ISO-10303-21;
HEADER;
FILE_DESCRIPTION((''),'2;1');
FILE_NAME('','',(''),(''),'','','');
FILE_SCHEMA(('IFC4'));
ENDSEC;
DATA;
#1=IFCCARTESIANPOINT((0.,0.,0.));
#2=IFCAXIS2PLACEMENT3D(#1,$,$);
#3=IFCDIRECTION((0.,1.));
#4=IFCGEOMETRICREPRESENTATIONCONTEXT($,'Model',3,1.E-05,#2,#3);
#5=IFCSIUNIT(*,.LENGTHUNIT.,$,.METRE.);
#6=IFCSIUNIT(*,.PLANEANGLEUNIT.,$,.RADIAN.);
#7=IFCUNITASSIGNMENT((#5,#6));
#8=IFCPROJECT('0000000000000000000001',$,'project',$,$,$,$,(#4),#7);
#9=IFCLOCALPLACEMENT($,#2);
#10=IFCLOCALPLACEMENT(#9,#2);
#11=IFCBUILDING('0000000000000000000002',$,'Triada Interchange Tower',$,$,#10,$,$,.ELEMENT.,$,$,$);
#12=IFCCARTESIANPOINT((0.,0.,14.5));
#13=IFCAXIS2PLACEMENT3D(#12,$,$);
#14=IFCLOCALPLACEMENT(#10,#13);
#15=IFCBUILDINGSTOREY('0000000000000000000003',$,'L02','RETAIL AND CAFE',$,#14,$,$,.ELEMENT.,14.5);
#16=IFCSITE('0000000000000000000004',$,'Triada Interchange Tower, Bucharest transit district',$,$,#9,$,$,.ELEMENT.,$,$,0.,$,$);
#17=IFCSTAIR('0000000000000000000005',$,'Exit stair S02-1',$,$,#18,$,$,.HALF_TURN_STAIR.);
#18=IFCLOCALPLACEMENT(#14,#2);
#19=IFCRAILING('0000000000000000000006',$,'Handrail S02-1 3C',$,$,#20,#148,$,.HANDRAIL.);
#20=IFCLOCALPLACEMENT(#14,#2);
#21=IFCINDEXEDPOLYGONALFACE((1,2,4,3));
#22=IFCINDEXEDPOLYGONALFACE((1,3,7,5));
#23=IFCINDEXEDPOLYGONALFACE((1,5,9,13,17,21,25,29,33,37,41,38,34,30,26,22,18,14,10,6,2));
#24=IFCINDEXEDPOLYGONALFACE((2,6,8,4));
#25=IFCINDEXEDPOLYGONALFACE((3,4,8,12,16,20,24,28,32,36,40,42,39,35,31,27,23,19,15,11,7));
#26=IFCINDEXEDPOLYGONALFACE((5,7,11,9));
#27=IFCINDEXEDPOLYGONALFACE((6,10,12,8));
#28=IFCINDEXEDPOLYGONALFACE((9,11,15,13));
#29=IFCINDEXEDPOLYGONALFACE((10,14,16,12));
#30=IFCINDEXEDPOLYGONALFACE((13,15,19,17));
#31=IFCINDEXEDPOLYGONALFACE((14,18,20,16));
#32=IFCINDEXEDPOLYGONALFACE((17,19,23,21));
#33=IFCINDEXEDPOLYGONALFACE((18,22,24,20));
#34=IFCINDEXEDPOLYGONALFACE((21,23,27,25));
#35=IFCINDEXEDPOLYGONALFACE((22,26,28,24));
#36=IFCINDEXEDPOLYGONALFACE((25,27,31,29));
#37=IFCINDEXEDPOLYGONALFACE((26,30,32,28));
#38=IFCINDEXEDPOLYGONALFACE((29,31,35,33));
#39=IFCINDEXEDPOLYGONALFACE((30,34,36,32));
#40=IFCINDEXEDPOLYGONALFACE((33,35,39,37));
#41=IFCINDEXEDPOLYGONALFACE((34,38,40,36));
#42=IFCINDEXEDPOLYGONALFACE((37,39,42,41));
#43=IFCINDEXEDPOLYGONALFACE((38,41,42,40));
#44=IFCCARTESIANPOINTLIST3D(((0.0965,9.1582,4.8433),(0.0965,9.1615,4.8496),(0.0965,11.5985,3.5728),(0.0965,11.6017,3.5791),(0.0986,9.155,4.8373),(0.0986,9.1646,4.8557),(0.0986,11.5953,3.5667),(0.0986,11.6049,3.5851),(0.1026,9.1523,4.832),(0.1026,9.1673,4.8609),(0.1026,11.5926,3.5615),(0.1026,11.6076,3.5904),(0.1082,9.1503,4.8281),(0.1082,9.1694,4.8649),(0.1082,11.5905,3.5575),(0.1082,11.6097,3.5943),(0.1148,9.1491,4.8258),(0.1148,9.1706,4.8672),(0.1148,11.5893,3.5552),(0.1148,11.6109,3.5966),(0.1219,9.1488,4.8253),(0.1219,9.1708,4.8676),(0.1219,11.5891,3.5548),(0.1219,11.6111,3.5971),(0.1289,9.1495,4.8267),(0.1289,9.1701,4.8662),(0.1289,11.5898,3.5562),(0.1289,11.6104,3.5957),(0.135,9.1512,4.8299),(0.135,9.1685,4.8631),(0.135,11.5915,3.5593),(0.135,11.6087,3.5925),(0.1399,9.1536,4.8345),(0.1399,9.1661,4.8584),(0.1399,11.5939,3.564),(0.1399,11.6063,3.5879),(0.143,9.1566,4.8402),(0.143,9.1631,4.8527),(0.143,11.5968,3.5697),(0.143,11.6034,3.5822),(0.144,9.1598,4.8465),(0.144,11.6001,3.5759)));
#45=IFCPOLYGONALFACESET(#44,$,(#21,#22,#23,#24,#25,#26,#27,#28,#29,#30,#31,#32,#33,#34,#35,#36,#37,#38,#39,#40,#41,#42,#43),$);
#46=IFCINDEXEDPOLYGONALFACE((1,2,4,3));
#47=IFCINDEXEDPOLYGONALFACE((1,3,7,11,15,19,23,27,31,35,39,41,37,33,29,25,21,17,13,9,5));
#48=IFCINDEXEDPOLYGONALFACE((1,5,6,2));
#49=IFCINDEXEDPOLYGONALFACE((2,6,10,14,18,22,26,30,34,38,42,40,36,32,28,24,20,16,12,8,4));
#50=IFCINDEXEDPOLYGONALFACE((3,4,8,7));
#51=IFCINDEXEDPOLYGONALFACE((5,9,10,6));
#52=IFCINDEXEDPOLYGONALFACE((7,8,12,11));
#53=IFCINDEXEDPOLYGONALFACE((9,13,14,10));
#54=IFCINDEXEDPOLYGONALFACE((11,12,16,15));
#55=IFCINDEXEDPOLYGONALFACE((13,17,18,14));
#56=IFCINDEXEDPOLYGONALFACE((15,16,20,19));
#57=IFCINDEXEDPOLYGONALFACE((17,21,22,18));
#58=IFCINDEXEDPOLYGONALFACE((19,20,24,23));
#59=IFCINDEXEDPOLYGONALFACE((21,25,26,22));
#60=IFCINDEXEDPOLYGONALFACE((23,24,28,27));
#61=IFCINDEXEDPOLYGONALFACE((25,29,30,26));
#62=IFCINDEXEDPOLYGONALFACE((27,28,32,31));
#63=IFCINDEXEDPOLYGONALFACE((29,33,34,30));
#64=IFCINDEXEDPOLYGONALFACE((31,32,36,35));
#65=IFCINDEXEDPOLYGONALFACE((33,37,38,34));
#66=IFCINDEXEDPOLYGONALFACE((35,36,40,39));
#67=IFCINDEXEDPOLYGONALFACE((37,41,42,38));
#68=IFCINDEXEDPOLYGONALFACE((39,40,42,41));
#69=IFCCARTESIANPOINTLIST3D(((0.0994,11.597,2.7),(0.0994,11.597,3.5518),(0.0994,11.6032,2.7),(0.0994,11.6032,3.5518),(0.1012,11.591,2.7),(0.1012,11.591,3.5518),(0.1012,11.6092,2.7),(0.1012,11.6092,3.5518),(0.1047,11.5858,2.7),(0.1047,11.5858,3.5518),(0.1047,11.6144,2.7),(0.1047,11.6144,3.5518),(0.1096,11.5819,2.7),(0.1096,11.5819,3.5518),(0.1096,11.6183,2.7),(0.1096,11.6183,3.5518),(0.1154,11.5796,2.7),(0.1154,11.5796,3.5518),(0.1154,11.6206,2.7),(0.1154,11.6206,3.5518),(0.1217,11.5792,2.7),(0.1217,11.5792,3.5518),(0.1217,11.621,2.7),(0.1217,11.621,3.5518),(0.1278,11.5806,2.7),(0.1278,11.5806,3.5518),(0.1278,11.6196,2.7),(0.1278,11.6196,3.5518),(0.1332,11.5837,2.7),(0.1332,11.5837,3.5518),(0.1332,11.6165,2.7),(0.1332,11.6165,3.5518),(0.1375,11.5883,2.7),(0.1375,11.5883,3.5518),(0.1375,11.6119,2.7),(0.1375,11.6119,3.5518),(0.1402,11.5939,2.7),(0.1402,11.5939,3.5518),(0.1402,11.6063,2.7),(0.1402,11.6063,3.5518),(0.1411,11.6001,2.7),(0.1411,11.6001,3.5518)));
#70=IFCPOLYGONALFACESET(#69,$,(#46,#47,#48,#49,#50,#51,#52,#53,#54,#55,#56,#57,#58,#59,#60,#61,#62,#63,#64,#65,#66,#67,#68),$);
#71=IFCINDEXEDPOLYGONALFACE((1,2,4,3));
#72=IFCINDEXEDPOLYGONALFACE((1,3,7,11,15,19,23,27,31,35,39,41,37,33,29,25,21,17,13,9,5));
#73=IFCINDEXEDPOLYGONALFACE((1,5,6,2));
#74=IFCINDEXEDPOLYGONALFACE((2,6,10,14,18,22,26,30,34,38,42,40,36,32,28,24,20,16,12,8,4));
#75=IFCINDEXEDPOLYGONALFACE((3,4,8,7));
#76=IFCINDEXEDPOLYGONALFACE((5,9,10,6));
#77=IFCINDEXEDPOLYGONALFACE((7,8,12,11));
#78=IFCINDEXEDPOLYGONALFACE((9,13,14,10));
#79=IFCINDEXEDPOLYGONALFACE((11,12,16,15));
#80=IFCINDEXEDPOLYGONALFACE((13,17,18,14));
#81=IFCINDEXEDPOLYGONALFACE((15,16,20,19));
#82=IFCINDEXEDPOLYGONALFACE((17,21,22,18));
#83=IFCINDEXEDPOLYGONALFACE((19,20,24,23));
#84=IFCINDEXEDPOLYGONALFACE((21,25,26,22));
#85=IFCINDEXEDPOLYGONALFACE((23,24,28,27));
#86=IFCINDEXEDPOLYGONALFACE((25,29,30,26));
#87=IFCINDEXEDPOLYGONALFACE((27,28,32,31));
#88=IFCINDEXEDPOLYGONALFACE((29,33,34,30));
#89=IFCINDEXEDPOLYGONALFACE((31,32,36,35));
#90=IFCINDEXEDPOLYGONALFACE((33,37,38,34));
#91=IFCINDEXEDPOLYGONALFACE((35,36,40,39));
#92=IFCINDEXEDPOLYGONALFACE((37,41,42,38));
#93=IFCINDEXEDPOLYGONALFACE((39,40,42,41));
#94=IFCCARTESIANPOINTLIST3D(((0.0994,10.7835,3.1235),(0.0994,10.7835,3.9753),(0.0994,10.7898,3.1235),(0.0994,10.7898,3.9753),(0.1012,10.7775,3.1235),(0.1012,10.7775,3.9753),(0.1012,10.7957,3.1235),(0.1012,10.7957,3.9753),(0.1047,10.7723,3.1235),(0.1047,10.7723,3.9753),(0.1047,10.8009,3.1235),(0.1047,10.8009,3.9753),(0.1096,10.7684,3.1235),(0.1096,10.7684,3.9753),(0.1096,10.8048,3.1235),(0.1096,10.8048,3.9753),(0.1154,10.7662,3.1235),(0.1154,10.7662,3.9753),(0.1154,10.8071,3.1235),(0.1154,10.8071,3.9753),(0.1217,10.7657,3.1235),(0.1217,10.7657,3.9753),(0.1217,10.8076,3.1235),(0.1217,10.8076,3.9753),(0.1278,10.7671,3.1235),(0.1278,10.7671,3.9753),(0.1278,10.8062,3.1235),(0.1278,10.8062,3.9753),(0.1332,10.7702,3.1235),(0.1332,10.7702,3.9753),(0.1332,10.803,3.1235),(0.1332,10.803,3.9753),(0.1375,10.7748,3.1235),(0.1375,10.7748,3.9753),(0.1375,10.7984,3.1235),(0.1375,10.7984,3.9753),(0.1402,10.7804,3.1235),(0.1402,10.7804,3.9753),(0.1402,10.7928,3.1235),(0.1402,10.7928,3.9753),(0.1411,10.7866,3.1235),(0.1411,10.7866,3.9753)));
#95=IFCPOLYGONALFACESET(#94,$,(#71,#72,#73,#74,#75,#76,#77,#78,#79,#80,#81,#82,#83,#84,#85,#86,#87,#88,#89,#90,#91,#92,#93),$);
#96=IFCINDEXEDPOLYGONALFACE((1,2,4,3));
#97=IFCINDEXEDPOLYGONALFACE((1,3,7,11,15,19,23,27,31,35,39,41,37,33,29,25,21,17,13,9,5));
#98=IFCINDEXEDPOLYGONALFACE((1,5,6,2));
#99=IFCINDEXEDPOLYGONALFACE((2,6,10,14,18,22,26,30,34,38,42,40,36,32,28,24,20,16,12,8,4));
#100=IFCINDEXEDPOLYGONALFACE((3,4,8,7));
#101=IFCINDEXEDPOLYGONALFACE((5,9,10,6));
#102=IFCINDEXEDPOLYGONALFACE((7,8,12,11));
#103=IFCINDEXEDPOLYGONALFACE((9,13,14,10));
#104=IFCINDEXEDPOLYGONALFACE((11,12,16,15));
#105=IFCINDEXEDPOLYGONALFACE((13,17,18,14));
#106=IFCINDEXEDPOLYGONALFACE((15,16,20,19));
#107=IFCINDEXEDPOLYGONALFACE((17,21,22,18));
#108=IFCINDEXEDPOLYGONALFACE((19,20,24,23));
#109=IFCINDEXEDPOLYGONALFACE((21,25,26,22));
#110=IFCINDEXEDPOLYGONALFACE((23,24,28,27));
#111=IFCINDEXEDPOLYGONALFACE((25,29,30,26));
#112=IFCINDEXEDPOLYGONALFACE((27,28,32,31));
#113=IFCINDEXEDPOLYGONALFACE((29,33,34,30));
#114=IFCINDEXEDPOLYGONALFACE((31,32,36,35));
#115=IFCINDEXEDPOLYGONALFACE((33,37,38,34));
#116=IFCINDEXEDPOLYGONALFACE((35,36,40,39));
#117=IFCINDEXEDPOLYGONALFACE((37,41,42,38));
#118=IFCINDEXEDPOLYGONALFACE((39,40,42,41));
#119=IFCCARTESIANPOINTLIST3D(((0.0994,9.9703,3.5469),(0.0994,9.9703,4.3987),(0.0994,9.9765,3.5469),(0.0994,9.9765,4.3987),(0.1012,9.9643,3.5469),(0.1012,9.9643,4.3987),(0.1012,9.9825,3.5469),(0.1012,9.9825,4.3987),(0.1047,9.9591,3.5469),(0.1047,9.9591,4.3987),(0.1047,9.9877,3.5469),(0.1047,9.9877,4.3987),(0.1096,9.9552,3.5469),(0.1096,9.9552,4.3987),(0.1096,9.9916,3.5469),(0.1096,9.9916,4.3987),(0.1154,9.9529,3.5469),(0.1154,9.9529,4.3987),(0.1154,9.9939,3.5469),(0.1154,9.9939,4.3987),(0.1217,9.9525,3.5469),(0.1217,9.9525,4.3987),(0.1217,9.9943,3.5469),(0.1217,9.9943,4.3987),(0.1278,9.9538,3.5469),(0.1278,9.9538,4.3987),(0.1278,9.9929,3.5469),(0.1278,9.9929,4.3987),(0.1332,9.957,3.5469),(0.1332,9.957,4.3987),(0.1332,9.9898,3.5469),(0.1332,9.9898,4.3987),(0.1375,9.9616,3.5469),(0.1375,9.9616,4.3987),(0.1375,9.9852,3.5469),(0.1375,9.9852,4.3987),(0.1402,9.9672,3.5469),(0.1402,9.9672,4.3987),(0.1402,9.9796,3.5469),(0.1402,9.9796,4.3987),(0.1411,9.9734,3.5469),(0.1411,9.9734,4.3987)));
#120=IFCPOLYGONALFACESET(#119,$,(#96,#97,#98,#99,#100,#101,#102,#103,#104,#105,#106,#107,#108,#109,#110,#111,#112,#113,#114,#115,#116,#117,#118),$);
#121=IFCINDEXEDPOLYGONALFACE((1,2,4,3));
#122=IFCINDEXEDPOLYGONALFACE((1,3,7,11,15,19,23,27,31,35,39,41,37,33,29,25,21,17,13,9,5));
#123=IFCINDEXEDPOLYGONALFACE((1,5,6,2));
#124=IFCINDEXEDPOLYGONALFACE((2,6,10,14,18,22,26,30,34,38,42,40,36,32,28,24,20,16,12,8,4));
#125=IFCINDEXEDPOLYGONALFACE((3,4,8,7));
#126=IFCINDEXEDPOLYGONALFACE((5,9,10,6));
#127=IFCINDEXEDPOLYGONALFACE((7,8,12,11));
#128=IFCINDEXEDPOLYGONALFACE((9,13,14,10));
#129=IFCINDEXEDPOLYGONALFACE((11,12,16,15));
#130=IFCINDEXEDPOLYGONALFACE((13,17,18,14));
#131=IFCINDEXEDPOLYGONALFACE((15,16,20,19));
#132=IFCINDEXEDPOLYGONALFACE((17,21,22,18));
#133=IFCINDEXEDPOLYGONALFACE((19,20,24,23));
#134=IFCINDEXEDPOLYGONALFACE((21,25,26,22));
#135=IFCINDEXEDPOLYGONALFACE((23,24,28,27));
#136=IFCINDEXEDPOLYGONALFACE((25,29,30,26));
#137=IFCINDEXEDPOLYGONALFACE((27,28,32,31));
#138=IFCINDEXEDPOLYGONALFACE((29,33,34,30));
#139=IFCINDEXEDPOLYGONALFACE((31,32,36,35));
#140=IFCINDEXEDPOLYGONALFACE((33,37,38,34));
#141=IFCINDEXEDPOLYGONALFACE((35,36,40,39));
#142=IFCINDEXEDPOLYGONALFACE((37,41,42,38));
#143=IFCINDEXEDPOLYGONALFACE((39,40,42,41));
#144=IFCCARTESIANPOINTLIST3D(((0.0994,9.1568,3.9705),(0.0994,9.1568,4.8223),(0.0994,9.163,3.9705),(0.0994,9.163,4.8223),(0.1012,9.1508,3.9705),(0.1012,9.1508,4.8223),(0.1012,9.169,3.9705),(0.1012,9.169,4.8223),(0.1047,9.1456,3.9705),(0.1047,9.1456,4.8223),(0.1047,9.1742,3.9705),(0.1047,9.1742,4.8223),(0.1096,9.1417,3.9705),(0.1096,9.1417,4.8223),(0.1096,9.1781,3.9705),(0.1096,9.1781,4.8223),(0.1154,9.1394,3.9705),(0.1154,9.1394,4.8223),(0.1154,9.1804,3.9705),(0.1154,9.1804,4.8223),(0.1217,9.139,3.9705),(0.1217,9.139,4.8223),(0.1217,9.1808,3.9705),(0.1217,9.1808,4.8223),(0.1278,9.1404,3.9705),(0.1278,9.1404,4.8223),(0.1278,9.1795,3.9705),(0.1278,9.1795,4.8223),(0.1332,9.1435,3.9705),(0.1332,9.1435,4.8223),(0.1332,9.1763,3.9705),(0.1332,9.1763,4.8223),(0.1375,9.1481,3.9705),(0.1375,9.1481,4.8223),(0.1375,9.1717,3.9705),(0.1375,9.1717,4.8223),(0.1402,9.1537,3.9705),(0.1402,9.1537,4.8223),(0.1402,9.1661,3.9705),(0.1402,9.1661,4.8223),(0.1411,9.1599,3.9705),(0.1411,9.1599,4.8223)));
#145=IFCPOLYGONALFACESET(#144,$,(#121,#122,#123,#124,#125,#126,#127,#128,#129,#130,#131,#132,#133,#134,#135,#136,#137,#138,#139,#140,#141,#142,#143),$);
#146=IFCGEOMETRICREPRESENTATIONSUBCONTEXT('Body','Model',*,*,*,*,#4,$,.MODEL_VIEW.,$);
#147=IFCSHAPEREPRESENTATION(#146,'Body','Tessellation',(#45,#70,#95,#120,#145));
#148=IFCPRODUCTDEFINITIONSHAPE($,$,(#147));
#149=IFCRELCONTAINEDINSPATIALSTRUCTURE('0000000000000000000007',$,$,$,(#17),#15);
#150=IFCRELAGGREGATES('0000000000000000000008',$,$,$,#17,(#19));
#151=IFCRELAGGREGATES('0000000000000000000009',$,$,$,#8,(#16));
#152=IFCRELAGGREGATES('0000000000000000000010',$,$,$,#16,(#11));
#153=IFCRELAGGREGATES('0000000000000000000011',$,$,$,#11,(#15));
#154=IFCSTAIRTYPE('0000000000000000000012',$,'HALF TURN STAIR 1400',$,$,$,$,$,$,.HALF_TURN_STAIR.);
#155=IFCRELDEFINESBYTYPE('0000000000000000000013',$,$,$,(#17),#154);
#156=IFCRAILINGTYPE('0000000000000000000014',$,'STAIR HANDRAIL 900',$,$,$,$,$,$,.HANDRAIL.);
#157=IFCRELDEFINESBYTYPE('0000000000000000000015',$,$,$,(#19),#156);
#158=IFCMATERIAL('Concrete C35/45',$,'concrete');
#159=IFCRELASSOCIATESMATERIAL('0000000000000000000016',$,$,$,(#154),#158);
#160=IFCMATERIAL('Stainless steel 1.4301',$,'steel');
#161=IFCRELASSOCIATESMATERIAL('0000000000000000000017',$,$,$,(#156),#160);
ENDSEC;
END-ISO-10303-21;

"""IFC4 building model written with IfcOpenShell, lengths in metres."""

from ifc_helpers import new_model, si_unit, direction, frame, origin, origin_2d, place, context, subcontext, project, spatial, circle, extrude, material, type_object, element, aggregate, save


model = new_model("IFC4")

# Units and contexts
model_context = context("Model", 3, precision=1e-05, world=origin(), true_north=direction((0.0, 1.0)))
body_context = subcontext(model_context, "Body", "Model", "MODEL_VIEW")
ifc_project = project(units=[si_unit("LENGTHUNIT", "METRE"), si_unit("PLANEANGLEUNIT", "RADIAN")], contexts=[model_context])

# Site, building, storey
site_placement = place(None, origin())
site = spatial("IfcSite", under=ifc_project, at=site_placement, Name="Triada Interchange Tower, Bucharest transit district", CompositionType="ELEMENT", RefElevation=0.0)
building_placement = place(site_placement, origin())
building = spatial("IfcBuilding", under=site, at=building_placement, Name="Triada Interchange Tower", CompositionType="ELEMENT")
storey_placement = place(building_placement, frame((0.0, 0.0, 14.5)))
storey = spatial("IfcBuildingStorey", under=building, at=storey_placement, Name="L02", Description="RETAIL AND CAFE", CompositionType="ELEMENT", Elevation=14.5)

# Shared definitions
ifc_material_1 = material(Name="Concrete C35/45", Category="concrete")

# Stair, railing
stair_type = type_object("IfcStairType", Name="HALF TURN STAIR 1400", PredefinedType="HALF_TURN_STAIR", material=ifc_material_1)
stair_placement = place(storey_placement, origin())
stair = element("IfcStair", 1, at=stair_placement, inside=storey, type_object=stair_type, Name="Exit stair S02-1", PredefinedType="HALF_TURN_STAIR")
ifc_material_2 = material(Name="Stainless steel 1.4301", Category="steel")
railing_type_1 = type_object("IfcRailingType", Name="STAIR HANDRAIL 900", PredefinedType="HANDRAIL", material=ifc_material_2)
railing_1_placement = place(storey_placement, frame((0.1201, 11.6001, 2.7)))
railing_1 = element("IfcRailing", 2, at=railing_1_placement, type_object=railing_type_1, Name="Handrail S02-1 3C", PredefinedType="HANDRAIL", context=body_context, shape_type="SweptSolid", body=[
    extrude(circle(Radius=0.0239, at=origin_2d()), frame((0.0, 0.0, 0.876), z_axis=(0.0, -0.886977, 0.461814), x_axis=(1.0, 0.0, 0.0)), (0.0, 0.0, 1.0), 2.7512),
    extrude(circle(Radius=0.021, at=origin_2d()), origin(), (0.0, 0.0, 1.0), 0.8518),
    extrude(circle(Radius=0.021, at=origin_2d()), frame((0.0, -0.8135, 0.4236)), (0.0, 0.0, 1.0), 0.8518),
    extrude(circle(Radius=0.021, at=origin_2d()), frame((0.0, -1.6267, 0.8469)), (0.0, 0.0, 1.0), 0.8518),
    extrude(circle(Radius=0.021, at=origin_2d()), frame((0.0, -2.4402, 1.2705)), (0.0, 0.0, 1.0), 0.8518),
])
aggregate(stair, [railing_1])

save(model, "model.ifc")
